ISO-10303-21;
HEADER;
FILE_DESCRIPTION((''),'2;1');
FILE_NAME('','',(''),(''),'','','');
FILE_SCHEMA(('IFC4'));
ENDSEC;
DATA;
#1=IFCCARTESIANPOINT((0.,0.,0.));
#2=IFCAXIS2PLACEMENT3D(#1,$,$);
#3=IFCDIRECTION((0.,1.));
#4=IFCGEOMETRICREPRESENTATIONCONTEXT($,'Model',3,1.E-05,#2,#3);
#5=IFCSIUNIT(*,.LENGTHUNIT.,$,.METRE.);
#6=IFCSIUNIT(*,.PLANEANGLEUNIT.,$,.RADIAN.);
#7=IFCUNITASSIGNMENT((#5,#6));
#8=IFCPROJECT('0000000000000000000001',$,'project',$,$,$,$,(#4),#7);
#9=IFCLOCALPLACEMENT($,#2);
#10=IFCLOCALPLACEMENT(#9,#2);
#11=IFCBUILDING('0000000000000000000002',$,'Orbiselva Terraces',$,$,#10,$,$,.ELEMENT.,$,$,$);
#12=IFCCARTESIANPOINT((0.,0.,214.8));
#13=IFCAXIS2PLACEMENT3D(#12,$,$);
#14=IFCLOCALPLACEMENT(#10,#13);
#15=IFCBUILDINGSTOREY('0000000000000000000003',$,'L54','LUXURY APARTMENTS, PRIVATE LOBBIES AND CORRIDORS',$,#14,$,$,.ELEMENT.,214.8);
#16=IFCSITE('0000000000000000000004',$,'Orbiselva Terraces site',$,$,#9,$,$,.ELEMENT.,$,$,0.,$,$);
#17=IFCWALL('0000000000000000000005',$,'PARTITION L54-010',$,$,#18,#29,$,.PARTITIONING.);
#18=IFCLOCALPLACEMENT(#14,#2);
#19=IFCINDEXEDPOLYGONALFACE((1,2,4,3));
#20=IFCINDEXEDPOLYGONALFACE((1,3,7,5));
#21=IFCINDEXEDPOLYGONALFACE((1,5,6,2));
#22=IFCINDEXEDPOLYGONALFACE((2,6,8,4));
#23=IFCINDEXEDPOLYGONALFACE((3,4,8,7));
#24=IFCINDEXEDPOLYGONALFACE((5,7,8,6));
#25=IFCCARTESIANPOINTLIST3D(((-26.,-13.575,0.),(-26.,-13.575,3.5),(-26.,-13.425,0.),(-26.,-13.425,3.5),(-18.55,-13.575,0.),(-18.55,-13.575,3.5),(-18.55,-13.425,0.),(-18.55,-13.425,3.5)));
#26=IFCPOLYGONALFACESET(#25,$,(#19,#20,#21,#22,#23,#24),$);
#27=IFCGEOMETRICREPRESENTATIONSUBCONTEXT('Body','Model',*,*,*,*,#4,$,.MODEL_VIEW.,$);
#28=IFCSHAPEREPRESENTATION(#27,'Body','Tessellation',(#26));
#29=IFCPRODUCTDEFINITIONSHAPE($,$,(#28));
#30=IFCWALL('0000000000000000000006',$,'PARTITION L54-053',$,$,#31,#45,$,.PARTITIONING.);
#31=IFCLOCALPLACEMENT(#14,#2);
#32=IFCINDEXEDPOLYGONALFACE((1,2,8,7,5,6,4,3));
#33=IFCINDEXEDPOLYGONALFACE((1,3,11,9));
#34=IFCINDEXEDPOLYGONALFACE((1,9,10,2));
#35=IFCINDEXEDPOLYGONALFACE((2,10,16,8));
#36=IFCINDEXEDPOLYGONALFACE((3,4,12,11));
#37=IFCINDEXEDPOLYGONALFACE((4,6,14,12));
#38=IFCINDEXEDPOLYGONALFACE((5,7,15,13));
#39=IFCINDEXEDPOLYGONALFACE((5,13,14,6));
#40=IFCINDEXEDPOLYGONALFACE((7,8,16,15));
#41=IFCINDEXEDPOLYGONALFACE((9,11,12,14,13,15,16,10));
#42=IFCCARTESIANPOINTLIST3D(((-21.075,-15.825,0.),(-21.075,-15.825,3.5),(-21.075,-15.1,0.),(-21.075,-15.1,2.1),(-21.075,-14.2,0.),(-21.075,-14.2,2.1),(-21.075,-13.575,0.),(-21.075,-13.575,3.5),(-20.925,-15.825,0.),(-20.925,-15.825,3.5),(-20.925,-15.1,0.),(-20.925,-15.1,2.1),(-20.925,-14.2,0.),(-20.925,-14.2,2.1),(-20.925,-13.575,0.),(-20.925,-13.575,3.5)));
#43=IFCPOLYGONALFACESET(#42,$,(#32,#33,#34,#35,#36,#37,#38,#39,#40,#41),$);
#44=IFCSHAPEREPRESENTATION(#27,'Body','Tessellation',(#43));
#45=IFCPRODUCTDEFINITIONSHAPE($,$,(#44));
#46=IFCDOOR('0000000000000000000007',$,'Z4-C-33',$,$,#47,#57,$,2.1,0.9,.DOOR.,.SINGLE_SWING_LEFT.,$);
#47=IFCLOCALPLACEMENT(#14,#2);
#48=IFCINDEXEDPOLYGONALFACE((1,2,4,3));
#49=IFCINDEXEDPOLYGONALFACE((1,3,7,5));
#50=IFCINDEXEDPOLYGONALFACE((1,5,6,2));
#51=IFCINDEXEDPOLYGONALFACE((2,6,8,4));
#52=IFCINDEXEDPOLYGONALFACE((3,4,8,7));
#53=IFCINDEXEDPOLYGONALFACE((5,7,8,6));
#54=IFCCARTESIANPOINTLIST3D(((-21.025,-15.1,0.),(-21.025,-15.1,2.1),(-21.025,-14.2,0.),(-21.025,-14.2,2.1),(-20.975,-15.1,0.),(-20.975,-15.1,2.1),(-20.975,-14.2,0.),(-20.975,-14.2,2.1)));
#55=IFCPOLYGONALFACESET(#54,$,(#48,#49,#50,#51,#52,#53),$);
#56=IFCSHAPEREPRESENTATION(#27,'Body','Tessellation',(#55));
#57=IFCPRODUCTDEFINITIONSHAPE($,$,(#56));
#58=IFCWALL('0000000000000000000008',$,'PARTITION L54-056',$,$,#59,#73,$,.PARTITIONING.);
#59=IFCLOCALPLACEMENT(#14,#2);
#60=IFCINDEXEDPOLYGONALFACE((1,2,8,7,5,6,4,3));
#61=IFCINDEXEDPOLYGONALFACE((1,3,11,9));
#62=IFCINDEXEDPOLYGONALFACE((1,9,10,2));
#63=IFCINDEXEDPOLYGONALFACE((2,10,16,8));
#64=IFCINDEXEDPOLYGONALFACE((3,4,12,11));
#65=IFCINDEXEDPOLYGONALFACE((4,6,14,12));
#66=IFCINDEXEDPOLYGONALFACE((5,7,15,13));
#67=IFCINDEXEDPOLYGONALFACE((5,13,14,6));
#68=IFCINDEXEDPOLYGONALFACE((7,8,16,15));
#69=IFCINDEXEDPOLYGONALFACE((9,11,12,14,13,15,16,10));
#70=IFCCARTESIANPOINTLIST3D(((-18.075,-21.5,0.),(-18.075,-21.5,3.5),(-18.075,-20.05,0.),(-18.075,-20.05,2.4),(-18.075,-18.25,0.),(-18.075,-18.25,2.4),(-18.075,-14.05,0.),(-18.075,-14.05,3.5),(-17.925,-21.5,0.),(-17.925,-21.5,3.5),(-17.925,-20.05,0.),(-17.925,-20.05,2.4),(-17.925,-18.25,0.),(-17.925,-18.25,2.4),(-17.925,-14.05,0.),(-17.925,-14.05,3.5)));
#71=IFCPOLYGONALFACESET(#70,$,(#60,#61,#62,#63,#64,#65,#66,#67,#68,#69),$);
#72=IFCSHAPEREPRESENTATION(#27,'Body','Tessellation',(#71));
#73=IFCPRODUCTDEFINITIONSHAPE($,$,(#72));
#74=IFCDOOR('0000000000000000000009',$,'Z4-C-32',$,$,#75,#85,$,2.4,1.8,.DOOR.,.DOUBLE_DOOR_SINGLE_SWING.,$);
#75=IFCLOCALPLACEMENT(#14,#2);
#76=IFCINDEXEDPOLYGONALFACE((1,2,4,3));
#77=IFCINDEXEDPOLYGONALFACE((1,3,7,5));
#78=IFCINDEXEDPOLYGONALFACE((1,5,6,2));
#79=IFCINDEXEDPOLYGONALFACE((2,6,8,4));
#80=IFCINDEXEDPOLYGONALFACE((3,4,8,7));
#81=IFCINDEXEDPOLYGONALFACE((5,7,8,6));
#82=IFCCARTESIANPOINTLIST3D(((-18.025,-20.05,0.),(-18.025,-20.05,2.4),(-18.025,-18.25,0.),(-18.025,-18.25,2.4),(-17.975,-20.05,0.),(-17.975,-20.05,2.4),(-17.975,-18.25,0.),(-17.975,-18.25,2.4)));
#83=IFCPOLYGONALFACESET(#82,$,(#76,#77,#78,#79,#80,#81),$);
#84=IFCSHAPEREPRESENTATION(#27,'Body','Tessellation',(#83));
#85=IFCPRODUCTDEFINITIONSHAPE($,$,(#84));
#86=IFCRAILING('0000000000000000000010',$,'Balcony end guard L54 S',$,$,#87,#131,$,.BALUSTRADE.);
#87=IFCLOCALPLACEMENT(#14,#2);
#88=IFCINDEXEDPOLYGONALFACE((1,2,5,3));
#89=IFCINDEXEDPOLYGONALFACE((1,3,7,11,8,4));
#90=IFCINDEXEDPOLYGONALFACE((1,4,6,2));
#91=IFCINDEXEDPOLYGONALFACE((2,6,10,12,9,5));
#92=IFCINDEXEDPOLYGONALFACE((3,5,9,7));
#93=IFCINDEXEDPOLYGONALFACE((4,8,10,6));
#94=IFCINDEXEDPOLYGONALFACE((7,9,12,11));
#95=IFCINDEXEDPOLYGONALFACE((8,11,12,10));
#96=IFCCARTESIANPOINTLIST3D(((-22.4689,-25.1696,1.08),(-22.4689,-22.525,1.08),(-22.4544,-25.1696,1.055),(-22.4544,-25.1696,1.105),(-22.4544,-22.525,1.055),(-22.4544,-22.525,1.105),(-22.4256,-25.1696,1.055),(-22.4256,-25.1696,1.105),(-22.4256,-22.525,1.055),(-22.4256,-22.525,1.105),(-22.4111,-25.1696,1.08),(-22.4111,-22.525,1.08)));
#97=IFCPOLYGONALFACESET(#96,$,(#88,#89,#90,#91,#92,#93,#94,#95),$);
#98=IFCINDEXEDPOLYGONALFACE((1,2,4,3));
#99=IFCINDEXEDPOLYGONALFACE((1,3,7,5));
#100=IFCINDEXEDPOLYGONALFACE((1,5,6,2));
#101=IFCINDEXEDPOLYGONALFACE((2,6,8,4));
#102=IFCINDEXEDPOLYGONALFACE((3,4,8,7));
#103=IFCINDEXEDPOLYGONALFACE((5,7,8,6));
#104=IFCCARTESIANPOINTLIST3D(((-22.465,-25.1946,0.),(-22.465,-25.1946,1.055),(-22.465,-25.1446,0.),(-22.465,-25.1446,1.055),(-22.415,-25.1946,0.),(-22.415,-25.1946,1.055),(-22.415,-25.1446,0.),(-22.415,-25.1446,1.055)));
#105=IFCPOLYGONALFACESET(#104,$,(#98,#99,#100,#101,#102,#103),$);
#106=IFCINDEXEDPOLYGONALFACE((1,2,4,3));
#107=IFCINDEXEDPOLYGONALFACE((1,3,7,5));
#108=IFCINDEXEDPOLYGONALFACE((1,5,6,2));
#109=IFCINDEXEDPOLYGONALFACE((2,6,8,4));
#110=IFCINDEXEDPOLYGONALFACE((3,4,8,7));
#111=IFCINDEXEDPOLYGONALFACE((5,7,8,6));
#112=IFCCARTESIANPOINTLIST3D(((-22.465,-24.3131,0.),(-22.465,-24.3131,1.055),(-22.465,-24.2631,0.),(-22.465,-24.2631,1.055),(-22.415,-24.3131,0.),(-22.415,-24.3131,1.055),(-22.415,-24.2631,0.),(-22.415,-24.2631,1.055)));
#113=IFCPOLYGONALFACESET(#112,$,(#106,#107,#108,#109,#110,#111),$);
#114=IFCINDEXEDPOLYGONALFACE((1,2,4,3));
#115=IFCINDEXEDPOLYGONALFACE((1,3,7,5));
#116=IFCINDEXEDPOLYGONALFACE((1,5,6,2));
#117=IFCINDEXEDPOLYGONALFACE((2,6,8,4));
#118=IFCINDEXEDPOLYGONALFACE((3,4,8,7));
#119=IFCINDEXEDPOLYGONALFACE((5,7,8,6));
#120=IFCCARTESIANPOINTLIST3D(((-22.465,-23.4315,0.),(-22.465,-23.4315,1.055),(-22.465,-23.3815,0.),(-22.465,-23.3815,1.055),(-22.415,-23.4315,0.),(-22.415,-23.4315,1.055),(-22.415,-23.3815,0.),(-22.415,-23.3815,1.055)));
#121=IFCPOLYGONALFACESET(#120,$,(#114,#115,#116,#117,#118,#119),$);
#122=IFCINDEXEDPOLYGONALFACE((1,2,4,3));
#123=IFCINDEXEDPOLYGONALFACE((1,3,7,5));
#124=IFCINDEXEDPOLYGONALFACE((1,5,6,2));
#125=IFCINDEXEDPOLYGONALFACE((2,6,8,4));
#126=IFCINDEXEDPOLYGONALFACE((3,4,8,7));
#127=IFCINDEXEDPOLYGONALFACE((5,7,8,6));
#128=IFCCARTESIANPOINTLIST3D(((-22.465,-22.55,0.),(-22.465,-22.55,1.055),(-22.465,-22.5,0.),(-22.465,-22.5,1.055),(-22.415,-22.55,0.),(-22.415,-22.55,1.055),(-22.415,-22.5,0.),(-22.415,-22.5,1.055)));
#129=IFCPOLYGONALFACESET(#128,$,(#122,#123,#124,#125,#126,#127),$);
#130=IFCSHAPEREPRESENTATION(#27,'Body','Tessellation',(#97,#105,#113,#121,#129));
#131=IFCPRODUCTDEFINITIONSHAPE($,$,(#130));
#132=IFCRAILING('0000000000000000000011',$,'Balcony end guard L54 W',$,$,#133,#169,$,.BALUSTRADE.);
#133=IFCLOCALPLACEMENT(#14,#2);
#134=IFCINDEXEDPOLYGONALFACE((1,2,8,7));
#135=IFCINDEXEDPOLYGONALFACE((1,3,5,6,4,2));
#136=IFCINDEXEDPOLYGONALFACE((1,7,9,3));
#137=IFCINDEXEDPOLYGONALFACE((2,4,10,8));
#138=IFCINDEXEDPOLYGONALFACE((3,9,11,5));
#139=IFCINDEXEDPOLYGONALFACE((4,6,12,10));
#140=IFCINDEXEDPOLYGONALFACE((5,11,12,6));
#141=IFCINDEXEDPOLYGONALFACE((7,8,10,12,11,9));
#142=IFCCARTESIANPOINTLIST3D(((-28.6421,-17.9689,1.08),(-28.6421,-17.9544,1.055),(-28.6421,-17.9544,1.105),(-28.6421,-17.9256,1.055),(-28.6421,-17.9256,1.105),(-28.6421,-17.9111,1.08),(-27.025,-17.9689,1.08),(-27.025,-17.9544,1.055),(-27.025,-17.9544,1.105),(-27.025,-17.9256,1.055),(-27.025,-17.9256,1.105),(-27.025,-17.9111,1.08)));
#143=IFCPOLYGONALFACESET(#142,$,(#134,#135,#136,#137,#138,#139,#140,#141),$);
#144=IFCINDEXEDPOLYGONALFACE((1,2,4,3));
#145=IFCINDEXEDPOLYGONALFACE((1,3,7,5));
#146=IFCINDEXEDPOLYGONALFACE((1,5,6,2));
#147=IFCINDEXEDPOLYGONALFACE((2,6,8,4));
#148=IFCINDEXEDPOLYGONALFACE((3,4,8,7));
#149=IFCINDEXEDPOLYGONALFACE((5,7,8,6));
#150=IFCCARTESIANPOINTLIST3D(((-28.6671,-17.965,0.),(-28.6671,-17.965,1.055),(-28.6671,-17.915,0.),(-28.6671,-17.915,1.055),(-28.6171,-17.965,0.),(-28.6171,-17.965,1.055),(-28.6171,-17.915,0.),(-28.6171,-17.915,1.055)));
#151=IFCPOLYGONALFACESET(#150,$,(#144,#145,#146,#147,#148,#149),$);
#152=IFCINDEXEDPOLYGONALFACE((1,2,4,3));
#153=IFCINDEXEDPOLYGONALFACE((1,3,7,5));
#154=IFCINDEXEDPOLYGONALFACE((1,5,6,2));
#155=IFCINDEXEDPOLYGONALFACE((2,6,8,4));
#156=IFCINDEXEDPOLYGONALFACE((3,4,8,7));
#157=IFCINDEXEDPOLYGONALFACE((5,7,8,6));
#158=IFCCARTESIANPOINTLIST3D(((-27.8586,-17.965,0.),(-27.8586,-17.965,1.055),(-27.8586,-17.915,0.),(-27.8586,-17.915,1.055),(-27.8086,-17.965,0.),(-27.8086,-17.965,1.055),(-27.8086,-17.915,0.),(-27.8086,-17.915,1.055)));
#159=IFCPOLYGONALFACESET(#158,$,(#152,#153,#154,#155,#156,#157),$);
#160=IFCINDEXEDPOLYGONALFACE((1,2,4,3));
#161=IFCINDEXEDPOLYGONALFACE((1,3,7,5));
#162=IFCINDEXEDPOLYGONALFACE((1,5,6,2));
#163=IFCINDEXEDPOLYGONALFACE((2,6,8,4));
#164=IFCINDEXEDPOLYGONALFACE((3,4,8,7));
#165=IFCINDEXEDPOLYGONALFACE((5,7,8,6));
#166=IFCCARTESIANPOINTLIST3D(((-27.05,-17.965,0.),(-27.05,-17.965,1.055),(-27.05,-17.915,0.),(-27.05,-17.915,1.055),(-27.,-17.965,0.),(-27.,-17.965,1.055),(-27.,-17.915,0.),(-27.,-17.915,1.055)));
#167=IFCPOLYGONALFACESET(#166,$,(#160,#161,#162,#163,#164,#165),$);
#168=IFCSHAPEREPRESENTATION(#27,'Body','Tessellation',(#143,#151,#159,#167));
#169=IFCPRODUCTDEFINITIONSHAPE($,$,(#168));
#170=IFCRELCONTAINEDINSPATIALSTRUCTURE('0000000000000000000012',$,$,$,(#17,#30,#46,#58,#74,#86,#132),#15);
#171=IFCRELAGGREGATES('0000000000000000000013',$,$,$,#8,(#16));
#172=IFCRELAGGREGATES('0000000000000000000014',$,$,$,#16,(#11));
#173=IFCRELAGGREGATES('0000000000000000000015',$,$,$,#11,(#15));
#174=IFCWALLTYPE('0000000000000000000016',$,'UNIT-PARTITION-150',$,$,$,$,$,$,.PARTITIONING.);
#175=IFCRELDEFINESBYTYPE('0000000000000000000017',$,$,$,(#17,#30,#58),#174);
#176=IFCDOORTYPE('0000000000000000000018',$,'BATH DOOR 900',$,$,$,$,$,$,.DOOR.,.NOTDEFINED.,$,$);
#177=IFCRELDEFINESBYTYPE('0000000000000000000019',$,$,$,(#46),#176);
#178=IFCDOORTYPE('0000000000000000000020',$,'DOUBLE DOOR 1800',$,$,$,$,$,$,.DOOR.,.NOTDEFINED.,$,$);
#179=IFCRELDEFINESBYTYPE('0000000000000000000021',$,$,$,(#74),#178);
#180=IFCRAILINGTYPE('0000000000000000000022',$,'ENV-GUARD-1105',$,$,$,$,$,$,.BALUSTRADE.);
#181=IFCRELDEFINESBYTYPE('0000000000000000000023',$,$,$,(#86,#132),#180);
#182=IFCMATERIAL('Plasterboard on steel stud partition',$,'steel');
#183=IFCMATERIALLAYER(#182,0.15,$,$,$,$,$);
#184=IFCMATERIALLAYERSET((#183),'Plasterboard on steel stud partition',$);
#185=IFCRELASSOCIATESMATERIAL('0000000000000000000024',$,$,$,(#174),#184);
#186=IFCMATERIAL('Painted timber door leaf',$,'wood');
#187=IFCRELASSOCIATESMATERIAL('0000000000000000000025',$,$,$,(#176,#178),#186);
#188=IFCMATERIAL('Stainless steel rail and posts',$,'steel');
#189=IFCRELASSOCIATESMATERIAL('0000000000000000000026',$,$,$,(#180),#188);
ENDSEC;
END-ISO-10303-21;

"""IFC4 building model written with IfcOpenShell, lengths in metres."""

from ifc_helpers import new_model, si_unit, direction, frame, frame_2d, origin, origin_2d, place, context, subcontext, project, spatial, polyline, rectangle, outline, extrude, material, layer, layer_set, type_object, element, fill, save


model = new_model("IFC4")

# Units and contexts
model_context = context("Model", 3, precision=1e-05, world=origin(), true_north=direction((0.0, 1.0)))
body_context = subcontext(model_context, "Body", "Model", "MODEL_VIEW")
ifc_project = project(units=[si_unit("LENGTHUNIT", "METRE"), si_unit("PLANEANGLEUNIT", "RADIAN")], contexts=[model_context])

# Site, building, storey
site_placement = place(None, origin())
site = spatial("IfcSite", under=ifc_project, at=site_placement, Name="Orbiselva Terraces site", CompositionType="ELEMENT", RefElevation=0.0)
building_placement = place(site_placement, origin())
building = spatial("IfcBuilding", under=site, at=building_placement, Name="Orbiselva Terraces", CompositionType="ELEMENT")
storey_placement = place(building_placement, frame((0.0, 0.0, 214.8)))
storey = spatial("IfcBuildingStorey", under=building, at=storey_placement, Name="L54", Description="LUXURY APARTMENTS, PRIVATE LOBBIES AND CORRIDORS", CompositionType="ELEMENT", Elevation=214.8)

# Wall
ifc_material_1 = material(Name="Plasterboard on steel stud partition", Category="steel")
ifc_layer_1 = layer(ifc_material_1, 0.15)
ifc_layer_set_1 = layer_set([ifc_layer_1], Name="Plasterboard on steel stud partition")
wall_type_1 = type_object("IfcWallType", Name="UNIT-PARTITION-150", PredefinedType="PARTITIONING", material=ifc_layer_set_1)
wall_1_placement = place(storey_placement, frame((-26.0, -13.5, 0.0), z_axis=(0.0, 0.0, 1.0), x_axis=(1.0, 0.0, 0.0)))
element("IfcWall", 1, at=wall_1_placement, inside=storey, type_object=wall_type_1, Name="PARTITION L54-010", PredefinedType="PARTITIONING", context=body_context, shape_type="SweptSolid", body=[
    extrude(rectangle(XDim=7.45, YDim=0.15, at=frame_2d((3.725, 0.0))), origin(), (0.0, 0.0, 1.0), 3.5),
])

# Walls, openings, doors
wall_2_placement = place(storey_placement, frame((-21.0, -13.575, 0.0), z_axis=(0.0, 0.0, 1.0), x_axis=(0.0, -1.0, 0.0)))
wall_2 = element("IfcWall", 2, at=wall_2_placement, inside=storey, type_object=wall_type_1, Name="PARTITION L54-053", PredefinedType="PARTITIONING", context=body_context, shape_type="SweptSolid", body=[
    extrude(rectangle(XDim=2.25, YDim=0.15, at=frame_2d((1.125, 0.0))), origin(), (0.0, 0.0, 1.0), 3.5),
])
opening_1_placement = place(wall_2_placement, frame((0.625, 0.0, 0.0)))
opening_1 = element("IfcOpeningElement", 3, at=opening_1_placement, cuts=wall_2, PredefinedType="OPENING", context=body_context, shape_type="SweptSolid", body=[
    extrude(rectangle(XDim=0.9, YDim=2.1, at=frame_2d((0.45, 1.05))), frame((0.0, 0.085, 0.0), z_axis=(0.0, -1.0, 0.0), x_axis=(1.0, 0.0, 0.0)), (0.0, 0.0, 1.0), 0.17),
])
ifc_material_2 = material(Name="Painted timber door leaf", Category="wood")
door_type_1 = type_object("IfcDoorType", Name="BATH DOOR 900", OperationType="NOTDEFINED", PredefinedType="DOOR", material=ifc_material_2)
door_1_placement = place(opening_1_placement, origin())
door_1 = element("IfcDoor", 4, at=door_1_placement, inside=storey, type_object=door_type_1, Name="Z4-C-33", OperationType="SINGLE_SWING_LEFT", OverallHeight=2.1, OverallWidth=0.9, PredefinedType="DOOR", context=body_context, shape_type="SweptSolid", body=[
    extrude(rectangle(XDim=0.9, YDim=2.1, at=frame_2d((0.45, 1.05))), frame((0.0, 0.025, 0.0), z_axis=(0.0, -1.0, 0.0), x_axis=(1.0, 0.0, 0.0)), (0.0, 0.0, 1.0), 0.05),
])
fill(opening_1, door_1)
wall_3_placement = place(storey_placement, frame((-18.0, -21.5, 0.0), z_axis=(0.0, 0.0, 1.0), x_axis=(0.0, 1.0, 0.0)))
wall_3 = element("IfcWall", 5, at=wall_3_placement, inside=storey, type_object=wall_type_1, Name="PARTITION L54-056", PredefinedType="PARTITIONING", context=body_context, shape_type="SweptSolid", body=[
    extrude(rectangle(XDim=7.45, YDim=0.15, at=frame_2d((3.725, 0.0))), origin(), (0.0, 0.0, 1.0), 3.5),
])
opening_2_placement = place(wall_3_placement, frame((1.45, 0.0, 0.0)))
opening_2 = element("IfcOpeningElement", 6, at=opening_2_placement, cuts=wall_3, PredefinedType="OPENING", context=body_context, shape_type="SweptSolid", body=[
    extrude(rectangle(XDim=1.8, YDim=2.4, at=frame_2d((0.9, 1.2))), frame((0.0, 0.085, 0.0), z_axis=(0.0, -1.0, 0.0), x_axis=(1.0, 0.0, 0.0)), (0.0, 0.0, 1.0), 0.17),
])
door_type_2 = type_object("IfcDoorType", Name="DOUBLE DOOR 1800", OperationType="NOTDEFINED", PredefinedType="DOOR", material=ifc_material_2)
door_2_placement = place(opening_2_placement, origin())
door_2 = element("IfcDoor", 7, at=door_2_placement, inside=storey, type_object=door_type_2, Name="Z4-C-32", OperationType="DOUBLE_DOOR_SINGLE_SWING", OverallHeight=2.4, OverallWidth=1.8, PredefinedType="DOOR", context=body_context, shape_type="SweptSolid", body=[
    extrude(rectangle(XDim=1.8, YDim=2.4, at=frame_2d((0.9, 1.2))), frame((0.0, 0.025, 0.0), z_axis=(0.0, -1.0, 0.0), x_axis=(1.0, 0.0, 0.0)), (0.0, 0.0, 1.0), 0.05),
])
fill(opening_2, door_2)

# Railings
ifc_material_3 = material(Name="Stainless steel rail and posts", Category="steel")
railing_type_1 = type_object("IfcRailingType", Name="ENV-GUARD-1105", PredefinedType="BALUSTRADE", material=ifc_material_3)
railing_1_placement = place(storey_placement, frame((-22.44, -25.1696, 0.0)))
element("IfcRailing", 8, at=railing_1_placement, inside=storey, type_object=railing_type_1, Name="Balcony end guard L54 S", PredefinedType="BALUSTRADE", context=body_context, shape_type="SweptSolid", body=[
    extrude(outline(polyline([(0.0289, 0.0), (0.0144, 0.025), (-0.0144, 0.025), (-0.0289, 0.0), (-0.0144, -0.025), (0.0144, -0.025), (0.0289, 0.0)])), frame((0.0, 0.0, 1.08), z_axis=(0.0, 1.0, 0.0), x_axis=(-1.0, 0.0, 0.0)), (0.0, 0.0, 1.0), 2.6446),
    extrude(rectangle(XDim=0.05, YDim=0.05, at=origin_2d()), origin(), (0.0, 0.0, 1.0), 1.055),
    extrude(rectangle(XDim=0.05, YDim=0.05, at=origin_2d()), frame((0.0, 0.8815, 0.0)), (0.0, 0.0, 1.0), 1.055),
    extrude(rectangle(XDim=0.05, YDim=0.05, at=origin_2d()), frame((0.0, 1.7631, 0.0)), (0.0, 0.0, 1.0), 1.055),
    extrude(rectangle(XDim=0.05, YDim=0.05, at=origin_2d()), frame((0.0, 2.6446, 0.0)), (0.0, 0.0, 1.0), 1.055),
])
railing_2_placement = place(storey_placement, frame((-28.6421, -17.94, 0.0)))
element("IfcRailing", 9, at=railing_2_placement, inside=storey, type_object=railing_type_1, Name="Balcony end guard L54 W", PredefinedType="BALUSTRADE", context=body_context, shape_type="SweptSolid", body=[
    extrude(outline(polyline([(0.0289, 0.0), (0.0144, 0.025), (-0.0144, 0.025), (-0.0289, 0.0), (-0.0144, -0.025), (0.0144, -0.025), (0.0289, 0.0)])), frame((0.0, 0.0, 1.08), z_axis=(1.0, 0.0, 0.0), x_axis=(0.0, 1.0, 0.0)), (0.0, 0.0, 1.0), 1.6171),
    extrude(rectangle(XDim=0.05, YDim=0.05, at=origin_2d()), origin(), (0.0, 0.0, 1.0), 1.055),
    extrude(rectangle(XDim=0.05, YDim=0.05, at=origin_2d()), frame((0.8086, 0.0, 0.0)), (0.0, 0.0, 1.0), 1.055),
    extrude(rectangle(XDim=0.05, YDim=0.05, at=origin_2d()), frame((1.6171, 0.0, 0.0)), (0.0, 0.0, 1.0), 1.055),
])

save(model, "model.ifc")
